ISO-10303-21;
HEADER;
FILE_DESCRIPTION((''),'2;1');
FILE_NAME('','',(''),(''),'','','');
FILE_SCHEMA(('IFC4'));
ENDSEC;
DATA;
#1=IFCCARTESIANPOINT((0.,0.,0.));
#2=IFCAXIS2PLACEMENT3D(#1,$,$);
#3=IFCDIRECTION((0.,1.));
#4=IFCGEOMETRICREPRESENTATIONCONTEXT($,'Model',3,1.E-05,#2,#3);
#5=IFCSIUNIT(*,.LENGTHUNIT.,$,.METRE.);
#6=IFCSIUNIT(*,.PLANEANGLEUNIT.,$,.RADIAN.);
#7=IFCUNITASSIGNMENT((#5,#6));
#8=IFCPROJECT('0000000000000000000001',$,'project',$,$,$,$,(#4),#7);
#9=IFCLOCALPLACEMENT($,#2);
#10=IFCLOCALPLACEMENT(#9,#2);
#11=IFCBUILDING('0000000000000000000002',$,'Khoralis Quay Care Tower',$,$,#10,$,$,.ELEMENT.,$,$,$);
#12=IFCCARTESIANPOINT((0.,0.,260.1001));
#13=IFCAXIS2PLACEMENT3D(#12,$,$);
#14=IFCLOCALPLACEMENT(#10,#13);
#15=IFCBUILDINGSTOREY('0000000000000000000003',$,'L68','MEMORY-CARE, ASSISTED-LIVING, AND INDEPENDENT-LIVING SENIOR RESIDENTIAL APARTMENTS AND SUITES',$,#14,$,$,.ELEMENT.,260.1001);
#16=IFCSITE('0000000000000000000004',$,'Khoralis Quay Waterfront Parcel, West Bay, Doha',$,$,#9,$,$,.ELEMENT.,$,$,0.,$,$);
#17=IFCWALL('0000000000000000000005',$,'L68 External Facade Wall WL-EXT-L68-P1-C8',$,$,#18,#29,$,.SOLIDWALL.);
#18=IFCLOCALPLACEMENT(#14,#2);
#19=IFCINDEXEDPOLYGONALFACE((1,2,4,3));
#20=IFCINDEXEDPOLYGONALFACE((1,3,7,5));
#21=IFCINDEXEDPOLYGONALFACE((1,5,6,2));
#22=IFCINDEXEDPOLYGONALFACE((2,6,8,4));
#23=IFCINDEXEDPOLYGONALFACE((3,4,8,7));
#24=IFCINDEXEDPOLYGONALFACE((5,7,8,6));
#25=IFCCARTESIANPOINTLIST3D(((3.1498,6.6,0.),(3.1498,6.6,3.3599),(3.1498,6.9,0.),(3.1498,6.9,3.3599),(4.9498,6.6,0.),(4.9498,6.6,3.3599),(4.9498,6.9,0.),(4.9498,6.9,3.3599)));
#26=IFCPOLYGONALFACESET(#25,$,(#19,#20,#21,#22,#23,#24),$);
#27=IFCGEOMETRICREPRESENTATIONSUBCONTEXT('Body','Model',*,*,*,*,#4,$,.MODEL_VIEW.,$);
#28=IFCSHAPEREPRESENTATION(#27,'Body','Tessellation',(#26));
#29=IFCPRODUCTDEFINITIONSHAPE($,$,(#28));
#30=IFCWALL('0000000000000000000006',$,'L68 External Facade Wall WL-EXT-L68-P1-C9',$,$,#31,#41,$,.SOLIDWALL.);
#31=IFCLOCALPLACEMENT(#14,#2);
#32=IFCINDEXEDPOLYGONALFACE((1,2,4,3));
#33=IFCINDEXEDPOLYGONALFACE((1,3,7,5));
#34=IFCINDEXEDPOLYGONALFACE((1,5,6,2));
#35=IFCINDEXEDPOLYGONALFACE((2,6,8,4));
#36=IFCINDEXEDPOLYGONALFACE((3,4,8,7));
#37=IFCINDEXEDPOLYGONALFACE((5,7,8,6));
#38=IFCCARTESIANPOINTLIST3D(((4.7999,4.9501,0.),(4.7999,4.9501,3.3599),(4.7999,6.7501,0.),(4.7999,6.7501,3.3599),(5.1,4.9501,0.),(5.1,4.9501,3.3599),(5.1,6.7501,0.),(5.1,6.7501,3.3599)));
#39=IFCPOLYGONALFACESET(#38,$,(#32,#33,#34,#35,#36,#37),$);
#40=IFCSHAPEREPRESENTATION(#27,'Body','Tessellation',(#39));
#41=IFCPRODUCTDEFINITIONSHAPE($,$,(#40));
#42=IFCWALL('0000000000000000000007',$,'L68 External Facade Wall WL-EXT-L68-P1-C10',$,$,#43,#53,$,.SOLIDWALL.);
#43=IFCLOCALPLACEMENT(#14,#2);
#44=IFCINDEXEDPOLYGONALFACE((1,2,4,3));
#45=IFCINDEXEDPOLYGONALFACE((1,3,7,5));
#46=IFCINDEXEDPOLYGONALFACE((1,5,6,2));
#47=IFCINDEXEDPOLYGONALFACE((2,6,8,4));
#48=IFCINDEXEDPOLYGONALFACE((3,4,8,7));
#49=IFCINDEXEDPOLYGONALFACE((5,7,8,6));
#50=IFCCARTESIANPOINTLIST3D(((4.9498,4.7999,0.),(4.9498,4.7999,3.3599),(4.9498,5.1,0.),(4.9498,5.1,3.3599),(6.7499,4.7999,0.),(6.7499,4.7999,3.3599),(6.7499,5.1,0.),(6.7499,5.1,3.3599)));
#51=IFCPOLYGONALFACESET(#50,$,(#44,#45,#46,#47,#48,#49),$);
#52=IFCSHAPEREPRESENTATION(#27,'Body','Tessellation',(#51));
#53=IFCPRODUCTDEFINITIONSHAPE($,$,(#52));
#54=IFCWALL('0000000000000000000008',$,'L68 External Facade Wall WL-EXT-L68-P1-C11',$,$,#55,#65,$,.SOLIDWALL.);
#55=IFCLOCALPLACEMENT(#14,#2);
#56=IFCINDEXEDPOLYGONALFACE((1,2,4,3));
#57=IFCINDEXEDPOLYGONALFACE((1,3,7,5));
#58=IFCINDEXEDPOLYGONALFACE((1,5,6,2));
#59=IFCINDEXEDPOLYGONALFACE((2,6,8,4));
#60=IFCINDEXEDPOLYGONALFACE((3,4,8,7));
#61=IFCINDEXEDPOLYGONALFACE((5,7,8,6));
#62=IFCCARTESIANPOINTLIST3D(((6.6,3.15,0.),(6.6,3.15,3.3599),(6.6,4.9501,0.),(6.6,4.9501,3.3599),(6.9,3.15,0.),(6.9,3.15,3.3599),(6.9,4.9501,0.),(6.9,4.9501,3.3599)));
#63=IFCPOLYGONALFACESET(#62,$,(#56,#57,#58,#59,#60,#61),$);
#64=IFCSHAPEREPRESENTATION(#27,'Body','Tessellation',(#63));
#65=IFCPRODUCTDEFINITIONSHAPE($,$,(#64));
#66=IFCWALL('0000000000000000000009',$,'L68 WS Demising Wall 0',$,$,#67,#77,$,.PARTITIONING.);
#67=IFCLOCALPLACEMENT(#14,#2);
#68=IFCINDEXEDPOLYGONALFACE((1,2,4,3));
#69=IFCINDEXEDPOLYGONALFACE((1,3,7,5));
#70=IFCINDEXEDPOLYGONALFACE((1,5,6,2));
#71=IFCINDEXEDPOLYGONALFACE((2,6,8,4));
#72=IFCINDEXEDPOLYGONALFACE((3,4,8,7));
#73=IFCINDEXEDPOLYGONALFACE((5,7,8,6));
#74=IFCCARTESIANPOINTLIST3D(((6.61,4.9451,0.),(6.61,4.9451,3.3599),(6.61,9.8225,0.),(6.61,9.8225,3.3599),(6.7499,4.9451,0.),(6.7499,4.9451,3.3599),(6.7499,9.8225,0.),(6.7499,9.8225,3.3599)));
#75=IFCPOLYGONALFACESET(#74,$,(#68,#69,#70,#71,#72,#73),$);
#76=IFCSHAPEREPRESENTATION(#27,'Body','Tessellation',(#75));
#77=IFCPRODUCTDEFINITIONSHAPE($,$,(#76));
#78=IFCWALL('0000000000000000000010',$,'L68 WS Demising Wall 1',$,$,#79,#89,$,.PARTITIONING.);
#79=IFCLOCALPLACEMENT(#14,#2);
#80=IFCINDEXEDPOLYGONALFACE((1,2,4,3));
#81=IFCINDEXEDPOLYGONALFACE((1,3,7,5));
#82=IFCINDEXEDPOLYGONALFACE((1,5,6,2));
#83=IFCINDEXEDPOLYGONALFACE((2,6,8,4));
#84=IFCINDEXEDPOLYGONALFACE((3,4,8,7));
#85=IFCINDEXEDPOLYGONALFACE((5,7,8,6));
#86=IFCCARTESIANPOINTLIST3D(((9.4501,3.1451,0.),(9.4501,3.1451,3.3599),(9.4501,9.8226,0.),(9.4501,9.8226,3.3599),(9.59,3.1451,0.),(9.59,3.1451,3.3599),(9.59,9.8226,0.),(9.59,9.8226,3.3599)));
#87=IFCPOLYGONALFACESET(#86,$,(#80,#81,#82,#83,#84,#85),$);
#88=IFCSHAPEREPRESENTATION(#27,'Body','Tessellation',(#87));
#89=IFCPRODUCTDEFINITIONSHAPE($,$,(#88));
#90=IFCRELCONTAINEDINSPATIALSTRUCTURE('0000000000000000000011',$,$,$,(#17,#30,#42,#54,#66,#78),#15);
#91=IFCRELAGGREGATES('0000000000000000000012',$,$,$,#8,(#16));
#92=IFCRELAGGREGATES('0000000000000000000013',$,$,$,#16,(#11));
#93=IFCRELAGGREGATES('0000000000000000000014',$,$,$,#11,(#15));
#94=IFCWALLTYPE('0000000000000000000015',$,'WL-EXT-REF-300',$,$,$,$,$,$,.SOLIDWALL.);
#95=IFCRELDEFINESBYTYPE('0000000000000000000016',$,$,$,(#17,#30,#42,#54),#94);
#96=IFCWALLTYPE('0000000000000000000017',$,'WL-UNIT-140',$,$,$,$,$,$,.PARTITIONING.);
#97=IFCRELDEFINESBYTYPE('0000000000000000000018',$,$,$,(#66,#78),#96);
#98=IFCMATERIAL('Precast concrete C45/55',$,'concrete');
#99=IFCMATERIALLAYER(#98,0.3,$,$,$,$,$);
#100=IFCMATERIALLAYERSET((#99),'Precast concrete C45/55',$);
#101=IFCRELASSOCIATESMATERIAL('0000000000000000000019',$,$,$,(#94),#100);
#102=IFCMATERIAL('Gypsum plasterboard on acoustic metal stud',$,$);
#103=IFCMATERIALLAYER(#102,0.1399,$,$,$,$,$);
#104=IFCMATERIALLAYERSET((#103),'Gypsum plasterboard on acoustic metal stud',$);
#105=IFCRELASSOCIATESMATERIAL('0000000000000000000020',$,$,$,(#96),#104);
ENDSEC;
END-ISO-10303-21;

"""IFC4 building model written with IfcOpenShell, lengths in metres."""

from ifc_helpers import new_model, si_unit, direction, frame, frame_2d, origin, place, context, subcontext, project, spatial, rectangle, extrude, material, layer, layer_set, type_object, element, save


model = new_model("IFC4")

# Units and contexts
model_context = context("Model", 3, precision=1e-05, world=origin(), true_north=direction((0.0, 1.0)))
body_context = subcontext(model_context, "Body", "Model", "MODEL_VIEW")
ifc_project = project(units=[si_unit("LENGTHUNIT", "METRE"), si_unit("PLANEANGLEUNIT", "RADIAN")], contexts=[model_context])

# Site, building, storey
site_placement = place(None, origin())
site = spatial("IfcSite", under=ifc_project, at=site_placement, Name="Khoralis Quay Waterfront Parcel, West Bay, Doha", CompositionType="ELEMENT", RefElevation=0.0)
building_placement = place(site_placement, origin())
building = spatial("IfcBuilding", under=site, at=building_placement, Name="Khoralis Quay Care Tower", CompositionType="ELEMENT")
storey_placement = place(building_placement, frame((0.0, 0.0, 260.1001)))
storey = spatial("IfcBuildingStorey", under=building, at=storey_placement, Name="L68", Description="MEMORY-CARE, ASSISTED-LIVING, AND INDEPENDENT-LIVING SENIOR RESIDENTIAL APARTMENTS AND SUITES", CompositionType="ELEMENT", Elevation=260.1001)

# Shared definitions
ifc_material_1 = material(Name="Precast concrete C45/55", Category="concrete")

# Shared definitions
ifc_layer_1 = layer(ifc_material_1, 0.3)
ifc_layer_set_1 = layer_set([ifc_layer_1], Name="Precast concrete C45/55")
wall_type_1 = type_object("IfcWallType", Name="WL-EXT-REF-300", PredefinedType="SOLIDWALL", material=ifc_layer_set_1)

# Walls
for number, where, z_axis, x_axis, name in (
    (1, (3.1499, 6.75, 0.0), (0.0, 0.0, 1.0), (1.0, 0.0, 0.0), "L68 External Facade Wall WL-EXT-L68-P1-C8"),
    (2, (4.95, 6.75, 0.0), (0.0, 0.0, 1.0), (0.0, -1.0, 0.0), "L68 External Facade Wall WL-EXT-L68-P1-C9"),
    (3, (4.95, 4.95, 0.0), (0.0, 0.0, 1.0), (1.0, 0.0, 0.0), "L68 External Facade Wall WL-EXT-L68-P1-C10"),
    (4, (6.75, 4.95, 0.0), (0.0, 0.0, 1.0), (0.0, -1.0, 0.0), "L68 External Facade Wall WL-EXT-L68-P1-C11"),
):
    element("IfcWall", number, at=place(storey_placement, frame(where, z_axis=z_axis, x_axis=x_axis)), inside=storey, type_object=wall_type_1, Name=name, PredefinedType="SOLIDWALL", context=body_context, shape_type="SweptSolid", body=[
        extrude(rectangle(XDim=1.8, YDim=0.3, at=frame_2d((0.8999, 0.0))), origin(), (0.0, 0.0, 1.0), 3.3599),
    ])
ifc_material_2 = material(Name="Gypsum plasterboard on acoustic metal stud")
ifc_layer_2 = layer(ifc_material_2, 0.1399)
ifc_layer_set_2 = layer_set([ifc_layer_2], Name="Gypsum plasterboard on acoustic metal stud")
wall_type_2 = type_object("IfcWallType", Name="WL-UNIT-140", PredefinedType="PARTITIONING", material=ifc_layer_set_2)
wall_1_placement = place(storey_placement, frame((6.6799, 4.9451, 0.0), z_axis=(0.0, 0.0, 1.0), x_axis=(0.0, 1.0, 0.0)))
element("IfcWall", 5, at=wall_1_placement, inside=storey, type_object=wall_type_2, Name="L68 WS Demising Wall 0", PredefinedType="PARTITIONING", context=body_context, shape_type="SweptSolid", body=[
    extrude(rectangle(XDim=4.8774, YDim=0.1399, at=frame_2d((2.4387, 0.0))), origin(), (0.0, 0.0, 1.0), 3.3599),
])
wall_2_placement = place(storey_placement, frame((9.52, 3.145, 0.0), z_axis=(0.0, 0.0, 1.0), x_axis=(0.0, 1.0, 0.0)))
element("IfcWall", 6, at=wall_2_placement, inside=storey, type_object=wall_type_2, Name="L68 WS Demising Wall 1", PredefinedType="PARTITIONING", context=body_context, shape_type="SweptSolid", body=[
    extrude(rectangle(XDim=6.6775, YDim=0.1399, at=frame_2d((3.3389, 0.0))), origin(), (0.0, 0.0, 1.0), 3.3599),
])

save(model, "model.ifc")
